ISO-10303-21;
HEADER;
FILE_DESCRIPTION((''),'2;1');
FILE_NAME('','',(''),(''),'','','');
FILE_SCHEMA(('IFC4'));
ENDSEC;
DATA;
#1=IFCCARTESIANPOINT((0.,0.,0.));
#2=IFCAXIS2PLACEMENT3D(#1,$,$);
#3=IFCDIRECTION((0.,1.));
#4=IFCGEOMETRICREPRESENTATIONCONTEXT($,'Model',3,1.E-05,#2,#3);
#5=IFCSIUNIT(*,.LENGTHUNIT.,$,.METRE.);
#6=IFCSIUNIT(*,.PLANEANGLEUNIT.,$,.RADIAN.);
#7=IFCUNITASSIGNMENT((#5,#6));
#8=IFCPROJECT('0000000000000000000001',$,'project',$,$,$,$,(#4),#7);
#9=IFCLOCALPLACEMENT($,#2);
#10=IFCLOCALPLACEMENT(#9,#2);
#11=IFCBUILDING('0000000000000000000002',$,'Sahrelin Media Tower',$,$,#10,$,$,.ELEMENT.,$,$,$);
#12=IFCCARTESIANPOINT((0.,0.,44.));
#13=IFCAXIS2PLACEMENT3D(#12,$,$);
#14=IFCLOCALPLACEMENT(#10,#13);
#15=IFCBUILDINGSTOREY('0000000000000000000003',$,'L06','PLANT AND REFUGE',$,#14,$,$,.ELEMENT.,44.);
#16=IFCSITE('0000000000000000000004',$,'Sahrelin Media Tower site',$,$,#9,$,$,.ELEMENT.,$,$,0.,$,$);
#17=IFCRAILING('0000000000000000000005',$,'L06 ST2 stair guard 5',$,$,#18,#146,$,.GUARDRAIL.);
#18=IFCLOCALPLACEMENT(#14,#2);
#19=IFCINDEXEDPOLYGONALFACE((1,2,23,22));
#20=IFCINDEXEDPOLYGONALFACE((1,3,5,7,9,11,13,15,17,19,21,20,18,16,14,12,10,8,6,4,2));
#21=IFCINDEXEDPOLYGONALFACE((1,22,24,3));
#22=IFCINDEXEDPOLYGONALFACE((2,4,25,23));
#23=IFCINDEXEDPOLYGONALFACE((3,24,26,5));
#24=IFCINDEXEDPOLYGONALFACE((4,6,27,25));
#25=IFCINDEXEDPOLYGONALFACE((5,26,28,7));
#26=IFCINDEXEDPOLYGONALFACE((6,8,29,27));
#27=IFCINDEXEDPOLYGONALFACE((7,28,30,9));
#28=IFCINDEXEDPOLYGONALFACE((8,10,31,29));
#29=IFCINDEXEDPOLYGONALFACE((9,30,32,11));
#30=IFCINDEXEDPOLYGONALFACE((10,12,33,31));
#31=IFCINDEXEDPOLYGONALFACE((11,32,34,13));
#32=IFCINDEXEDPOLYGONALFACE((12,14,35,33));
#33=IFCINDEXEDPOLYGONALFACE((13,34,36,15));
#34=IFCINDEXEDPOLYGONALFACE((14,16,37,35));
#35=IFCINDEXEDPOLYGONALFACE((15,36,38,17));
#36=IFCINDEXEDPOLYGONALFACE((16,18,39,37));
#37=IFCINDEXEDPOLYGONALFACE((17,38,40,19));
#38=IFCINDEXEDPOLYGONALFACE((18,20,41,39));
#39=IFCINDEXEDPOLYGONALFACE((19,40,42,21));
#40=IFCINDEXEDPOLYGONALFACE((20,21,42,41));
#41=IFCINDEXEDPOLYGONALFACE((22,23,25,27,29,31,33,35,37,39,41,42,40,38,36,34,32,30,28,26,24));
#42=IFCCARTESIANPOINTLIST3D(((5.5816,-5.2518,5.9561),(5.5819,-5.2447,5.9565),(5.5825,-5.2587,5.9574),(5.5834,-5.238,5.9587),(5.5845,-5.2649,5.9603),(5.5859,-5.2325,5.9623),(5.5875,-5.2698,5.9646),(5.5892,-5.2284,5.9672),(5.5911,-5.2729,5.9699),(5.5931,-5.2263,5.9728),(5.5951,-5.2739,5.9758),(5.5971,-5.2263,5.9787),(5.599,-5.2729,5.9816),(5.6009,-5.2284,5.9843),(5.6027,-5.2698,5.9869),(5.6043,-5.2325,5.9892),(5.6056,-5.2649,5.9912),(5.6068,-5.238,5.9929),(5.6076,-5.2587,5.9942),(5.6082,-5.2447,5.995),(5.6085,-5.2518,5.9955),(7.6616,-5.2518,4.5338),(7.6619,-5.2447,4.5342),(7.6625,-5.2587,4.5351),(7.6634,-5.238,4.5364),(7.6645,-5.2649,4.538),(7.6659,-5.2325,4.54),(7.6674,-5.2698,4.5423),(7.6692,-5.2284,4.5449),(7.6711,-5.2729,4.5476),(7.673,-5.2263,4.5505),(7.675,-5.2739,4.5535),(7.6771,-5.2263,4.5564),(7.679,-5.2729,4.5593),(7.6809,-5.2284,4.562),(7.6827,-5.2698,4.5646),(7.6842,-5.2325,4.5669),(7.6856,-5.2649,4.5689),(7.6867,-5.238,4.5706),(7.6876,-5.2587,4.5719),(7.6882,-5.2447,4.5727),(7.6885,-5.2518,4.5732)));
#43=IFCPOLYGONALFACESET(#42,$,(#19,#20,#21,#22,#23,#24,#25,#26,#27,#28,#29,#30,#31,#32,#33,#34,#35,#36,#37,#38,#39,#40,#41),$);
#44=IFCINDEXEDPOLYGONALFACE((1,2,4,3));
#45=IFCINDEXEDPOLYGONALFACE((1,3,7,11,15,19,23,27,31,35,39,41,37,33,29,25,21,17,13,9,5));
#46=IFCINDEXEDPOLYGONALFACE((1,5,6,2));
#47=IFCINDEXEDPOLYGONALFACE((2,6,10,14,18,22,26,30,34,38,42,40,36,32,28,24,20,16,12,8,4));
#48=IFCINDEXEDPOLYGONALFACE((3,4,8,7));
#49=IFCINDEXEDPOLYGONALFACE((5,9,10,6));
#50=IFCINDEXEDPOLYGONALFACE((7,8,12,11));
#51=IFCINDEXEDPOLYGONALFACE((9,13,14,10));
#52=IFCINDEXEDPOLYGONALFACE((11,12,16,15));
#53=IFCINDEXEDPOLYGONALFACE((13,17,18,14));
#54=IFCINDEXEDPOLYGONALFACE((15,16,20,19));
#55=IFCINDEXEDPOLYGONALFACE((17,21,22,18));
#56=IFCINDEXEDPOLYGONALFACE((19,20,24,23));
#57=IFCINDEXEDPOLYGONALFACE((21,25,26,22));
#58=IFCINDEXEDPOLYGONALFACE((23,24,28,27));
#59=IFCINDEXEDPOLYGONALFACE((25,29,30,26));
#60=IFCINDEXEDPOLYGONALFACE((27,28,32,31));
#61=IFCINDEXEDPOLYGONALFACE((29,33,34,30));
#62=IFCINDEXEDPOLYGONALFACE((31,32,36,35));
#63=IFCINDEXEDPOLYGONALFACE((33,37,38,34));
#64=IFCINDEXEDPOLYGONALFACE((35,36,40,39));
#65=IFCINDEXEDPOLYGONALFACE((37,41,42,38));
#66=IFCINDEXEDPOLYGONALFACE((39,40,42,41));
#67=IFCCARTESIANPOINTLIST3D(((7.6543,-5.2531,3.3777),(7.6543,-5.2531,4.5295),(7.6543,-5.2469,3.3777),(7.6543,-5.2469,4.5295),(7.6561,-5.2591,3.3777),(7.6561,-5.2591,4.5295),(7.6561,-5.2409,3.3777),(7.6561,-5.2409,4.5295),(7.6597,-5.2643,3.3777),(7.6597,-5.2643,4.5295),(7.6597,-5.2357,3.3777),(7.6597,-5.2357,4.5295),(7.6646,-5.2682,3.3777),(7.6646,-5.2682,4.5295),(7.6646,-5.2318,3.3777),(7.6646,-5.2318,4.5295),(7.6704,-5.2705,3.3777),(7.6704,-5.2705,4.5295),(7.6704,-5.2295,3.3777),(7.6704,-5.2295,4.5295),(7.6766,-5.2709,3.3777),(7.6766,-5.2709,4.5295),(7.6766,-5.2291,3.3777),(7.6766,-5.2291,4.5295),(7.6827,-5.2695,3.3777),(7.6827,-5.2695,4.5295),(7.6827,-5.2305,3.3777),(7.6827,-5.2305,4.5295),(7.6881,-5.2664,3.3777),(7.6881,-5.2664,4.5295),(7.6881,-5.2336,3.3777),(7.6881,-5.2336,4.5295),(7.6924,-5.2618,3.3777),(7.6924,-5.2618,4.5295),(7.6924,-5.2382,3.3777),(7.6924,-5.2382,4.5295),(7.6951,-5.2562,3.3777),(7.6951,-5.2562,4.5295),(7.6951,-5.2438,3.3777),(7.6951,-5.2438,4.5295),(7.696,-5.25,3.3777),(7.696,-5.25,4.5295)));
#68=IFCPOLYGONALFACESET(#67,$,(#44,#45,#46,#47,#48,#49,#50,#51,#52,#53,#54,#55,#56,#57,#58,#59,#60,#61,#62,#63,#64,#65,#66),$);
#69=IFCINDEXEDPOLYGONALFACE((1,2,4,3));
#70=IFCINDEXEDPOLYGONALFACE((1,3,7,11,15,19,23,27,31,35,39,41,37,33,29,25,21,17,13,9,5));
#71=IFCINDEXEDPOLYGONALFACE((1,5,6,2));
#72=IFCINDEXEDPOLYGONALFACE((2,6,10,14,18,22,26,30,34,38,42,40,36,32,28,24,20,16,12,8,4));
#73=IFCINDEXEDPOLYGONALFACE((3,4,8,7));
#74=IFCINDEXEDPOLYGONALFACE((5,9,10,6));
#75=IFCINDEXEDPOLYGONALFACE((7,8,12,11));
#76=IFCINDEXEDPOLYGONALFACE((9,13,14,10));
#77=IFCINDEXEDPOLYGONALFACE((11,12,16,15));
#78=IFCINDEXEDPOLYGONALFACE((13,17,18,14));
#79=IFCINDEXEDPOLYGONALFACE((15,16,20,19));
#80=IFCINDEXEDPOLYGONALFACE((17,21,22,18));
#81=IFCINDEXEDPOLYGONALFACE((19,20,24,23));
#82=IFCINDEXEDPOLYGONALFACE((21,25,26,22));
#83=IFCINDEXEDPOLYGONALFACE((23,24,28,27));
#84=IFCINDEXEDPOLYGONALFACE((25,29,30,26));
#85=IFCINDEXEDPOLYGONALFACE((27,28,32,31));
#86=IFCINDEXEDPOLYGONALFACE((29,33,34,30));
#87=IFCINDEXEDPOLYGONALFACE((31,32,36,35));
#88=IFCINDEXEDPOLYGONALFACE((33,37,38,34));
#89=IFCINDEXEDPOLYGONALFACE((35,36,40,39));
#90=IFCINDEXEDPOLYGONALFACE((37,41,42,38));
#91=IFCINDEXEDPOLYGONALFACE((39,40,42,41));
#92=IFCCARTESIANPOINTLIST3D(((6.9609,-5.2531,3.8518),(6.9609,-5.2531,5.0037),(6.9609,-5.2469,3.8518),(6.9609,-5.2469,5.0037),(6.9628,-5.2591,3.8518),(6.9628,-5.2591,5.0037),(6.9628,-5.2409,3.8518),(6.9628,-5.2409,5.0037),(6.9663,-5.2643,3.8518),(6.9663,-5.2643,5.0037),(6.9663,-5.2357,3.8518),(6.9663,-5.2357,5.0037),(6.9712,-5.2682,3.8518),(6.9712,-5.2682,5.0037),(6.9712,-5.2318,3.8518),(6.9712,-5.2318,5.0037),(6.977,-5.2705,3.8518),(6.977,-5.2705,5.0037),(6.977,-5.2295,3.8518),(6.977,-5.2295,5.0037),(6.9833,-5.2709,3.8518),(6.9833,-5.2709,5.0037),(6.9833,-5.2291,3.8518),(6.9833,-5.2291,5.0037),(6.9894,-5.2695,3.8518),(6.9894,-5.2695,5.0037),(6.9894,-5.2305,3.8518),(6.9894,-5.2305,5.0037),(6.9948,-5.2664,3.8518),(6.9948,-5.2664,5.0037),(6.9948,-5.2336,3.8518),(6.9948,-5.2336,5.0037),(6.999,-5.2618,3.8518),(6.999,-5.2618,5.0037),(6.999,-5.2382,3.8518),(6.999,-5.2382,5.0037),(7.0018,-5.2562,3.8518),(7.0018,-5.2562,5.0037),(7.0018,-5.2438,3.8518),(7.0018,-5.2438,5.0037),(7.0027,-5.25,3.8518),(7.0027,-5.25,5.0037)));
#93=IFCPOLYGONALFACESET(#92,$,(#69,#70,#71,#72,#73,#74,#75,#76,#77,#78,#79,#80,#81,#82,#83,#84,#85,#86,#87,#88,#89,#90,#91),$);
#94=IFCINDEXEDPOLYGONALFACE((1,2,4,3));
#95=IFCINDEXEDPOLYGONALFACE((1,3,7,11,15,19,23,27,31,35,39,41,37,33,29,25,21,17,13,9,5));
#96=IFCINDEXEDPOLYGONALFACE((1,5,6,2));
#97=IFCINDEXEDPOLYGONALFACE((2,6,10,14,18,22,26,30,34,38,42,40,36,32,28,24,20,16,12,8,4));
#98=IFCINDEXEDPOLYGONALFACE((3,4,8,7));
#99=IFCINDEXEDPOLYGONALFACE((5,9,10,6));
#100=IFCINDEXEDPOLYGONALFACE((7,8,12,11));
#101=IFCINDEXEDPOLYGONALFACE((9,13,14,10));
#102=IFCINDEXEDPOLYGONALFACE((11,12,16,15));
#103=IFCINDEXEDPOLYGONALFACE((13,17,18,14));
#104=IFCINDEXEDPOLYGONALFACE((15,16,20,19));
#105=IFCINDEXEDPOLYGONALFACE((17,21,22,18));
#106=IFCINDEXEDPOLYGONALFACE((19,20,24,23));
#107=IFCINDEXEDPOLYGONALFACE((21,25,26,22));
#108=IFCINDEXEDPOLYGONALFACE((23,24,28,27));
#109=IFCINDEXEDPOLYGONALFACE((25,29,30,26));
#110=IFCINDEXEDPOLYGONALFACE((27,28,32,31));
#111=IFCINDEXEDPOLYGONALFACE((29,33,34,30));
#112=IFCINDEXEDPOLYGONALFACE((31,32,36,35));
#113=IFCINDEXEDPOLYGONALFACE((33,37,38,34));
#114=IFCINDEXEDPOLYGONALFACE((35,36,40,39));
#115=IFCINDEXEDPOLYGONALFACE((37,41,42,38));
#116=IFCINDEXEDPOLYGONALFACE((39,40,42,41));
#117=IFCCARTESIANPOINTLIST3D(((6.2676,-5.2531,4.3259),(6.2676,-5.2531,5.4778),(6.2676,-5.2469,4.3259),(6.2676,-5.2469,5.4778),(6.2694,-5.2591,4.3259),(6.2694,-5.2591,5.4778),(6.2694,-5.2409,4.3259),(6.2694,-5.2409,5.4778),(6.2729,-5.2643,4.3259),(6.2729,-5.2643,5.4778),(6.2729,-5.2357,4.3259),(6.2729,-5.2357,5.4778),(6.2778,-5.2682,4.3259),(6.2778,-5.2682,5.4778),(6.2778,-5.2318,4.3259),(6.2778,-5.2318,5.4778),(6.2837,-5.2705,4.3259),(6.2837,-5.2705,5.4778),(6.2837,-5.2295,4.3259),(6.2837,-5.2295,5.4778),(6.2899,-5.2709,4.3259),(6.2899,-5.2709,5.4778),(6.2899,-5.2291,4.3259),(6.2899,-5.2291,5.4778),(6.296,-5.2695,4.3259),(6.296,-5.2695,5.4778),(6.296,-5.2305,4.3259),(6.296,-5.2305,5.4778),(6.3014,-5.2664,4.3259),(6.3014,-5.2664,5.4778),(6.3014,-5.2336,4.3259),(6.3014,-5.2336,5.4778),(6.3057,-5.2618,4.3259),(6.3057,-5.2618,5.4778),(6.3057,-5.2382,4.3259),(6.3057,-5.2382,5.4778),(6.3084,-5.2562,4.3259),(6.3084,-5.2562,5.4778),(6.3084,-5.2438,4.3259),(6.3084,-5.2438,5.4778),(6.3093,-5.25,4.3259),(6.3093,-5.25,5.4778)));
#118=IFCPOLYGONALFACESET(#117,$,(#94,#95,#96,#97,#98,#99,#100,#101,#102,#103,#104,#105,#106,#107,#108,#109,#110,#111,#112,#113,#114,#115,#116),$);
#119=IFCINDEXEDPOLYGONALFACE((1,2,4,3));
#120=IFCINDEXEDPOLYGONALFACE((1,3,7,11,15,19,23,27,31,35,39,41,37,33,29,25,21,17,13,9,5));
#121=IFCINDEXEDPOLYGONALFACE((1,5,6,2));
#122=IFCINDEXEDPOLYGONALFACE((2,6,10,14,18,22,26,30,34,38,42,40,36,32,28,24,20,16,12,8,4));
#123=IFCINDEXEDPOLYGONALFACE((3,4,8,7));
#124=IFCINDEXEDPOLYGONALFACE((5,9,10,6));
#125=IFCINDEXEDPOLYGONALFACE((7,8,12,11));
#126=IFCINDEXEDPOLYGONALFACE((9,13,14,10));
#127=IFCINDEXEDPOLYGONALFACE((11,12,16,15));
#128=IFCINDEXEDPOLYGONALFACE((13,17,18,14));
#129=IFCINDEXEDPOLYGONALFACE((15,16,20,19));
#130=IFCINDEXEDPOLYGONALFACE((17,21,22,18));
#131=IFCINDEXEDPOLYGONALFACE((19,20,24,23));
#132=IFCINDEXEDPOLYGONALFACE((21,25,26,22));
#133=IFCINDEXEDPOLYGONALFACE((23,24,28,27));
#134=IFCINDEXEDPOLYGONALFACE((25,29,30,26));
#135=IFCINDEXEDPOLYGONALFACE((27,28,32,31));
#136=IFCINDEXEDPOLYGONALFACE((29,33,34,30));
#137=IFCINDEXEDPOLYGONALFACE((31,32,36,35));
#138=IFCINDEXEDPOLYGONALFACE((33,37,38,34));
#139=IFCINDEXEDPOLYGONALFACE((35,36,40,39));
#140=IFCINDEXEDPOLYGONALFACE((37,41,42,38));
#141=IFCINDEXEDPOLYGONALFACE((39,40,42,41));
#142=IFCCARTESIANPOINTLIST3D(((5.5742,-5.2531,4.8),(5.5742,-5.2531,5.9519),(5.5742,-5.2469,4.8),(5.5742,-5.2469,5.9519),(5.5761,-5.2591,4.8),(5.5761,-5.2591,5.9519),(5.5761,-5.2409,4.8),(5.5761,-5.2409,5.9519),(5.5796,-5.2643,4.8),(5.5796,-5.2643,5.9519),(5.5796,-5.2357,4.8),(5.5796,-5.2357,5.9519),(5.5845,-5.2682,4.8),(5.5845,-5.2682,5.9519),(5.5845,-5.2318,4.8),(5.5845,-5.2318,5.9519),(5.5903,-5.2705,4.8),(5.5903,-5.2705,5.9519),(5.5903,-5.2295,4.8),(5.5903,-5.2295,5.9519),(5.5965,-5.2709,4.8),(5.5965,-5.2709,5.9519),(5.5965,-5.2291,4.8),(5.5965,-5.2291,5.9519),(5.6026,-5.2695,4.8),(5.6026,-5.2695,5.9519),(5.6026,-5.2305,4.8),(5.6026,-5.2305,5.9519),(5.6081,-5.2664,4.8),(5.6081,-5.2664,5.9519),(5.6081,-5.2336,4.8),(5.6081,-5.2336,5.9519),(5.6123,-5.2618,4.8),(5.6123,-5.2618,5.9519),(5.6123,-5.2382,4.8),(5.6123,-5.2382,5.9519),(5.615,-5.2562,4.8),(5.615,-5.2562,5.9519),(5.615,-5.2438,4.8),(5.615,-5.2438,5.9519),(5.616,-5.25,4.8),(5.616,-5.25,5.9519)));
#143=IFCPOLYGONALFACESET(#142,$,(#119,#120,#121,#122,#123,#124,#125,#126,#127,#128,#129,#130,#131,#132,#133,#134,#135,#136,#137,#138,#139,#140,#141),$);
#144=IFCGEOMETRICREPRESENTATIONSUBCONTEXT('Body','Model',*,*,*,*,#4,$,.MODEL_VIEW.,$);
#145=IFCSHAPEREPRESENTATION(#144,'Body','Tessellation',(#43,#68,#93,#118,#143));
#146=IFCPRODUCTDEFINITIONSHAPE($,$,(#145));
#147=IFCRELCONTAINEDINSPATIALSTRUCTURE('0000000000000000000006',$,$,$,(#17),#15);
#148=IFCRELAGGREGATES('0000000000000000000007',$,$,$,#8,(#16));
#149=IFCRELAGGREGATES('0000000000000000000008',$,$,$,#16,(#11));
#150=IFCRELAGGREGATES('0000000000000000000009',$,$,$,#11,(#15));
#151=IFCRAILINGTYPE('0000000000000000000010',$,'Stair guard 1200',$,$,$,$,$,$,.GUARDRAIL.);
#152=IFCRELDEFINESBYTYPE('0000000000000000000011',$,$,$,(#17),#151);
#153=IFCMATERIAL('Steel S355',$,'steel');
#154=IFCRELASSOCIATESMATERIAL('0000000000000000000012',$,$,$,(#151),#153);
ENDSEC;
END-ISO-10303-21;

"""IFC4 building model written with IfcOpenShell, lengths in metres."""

from ifc_helpers import new_model, si_unit, direction, frame, origin, origin_2d, place, context, subcontext, project, spatial, circle, extrude, material, type_object, element, save


model = new_model("IFC4")

# Units and contexts
model_context = context("Model", 3, precision=1e-05, world=origin(), true_north=direction((0.0, 1.0)))
body_context = subcontext(model_context, "Body", "Model", "MODEL_VIEW")
ifc_project = project(units=[si_unit("LENGTHUNIT", "METRE"), si_unit("PLANEANGLEUNIT", "RADIAN")], contexts=[model_context])

# Site, building, storey
site_placement = place(None, origin())
site = spatial("IfcSite", under=ifc_project, at=site_placement, Name="Sahrelin Media Tower site", CompositionType="ELEMENT", RefElevation=0.0)
building_placement = place(site_placement, origin())
building = spatial("IfcBuilding", under=site, at=building_placement, Name="Sahrelin Media Tower", CompositionType="ELEMENT")
storey_placement = place(building_placement, frame((0.0, 0.0, 44.0)))
storey = spatial("IfcBuildingStorey", under=building, at=storey_placement, Name="L06", Description="PLANT AND REFUGE", CompositionType="ELEMENT", Elevation=44.0)

# Railing
ifc_material_1 = material(Name="Steel S355", Category="steel")
railing_type_1 = type_object("IfcRailingType", Name="Stair guard 1200", PredefinedType="GUARDRAIL", material=ifc_material_1)
for number, where, name in (
    (1, (7.675, -5.25, 3.3777), "L06 ST2 stair guard 5"),
):
    element("IfcRailing", number, at=place(storey_placement, frame(where)), inside=storey, type_object=railing_type_1, Name=name, PredefinedType="GUARDRAIL", context=body_context, shape_type="SweptSolid", body=[
        extrude(circle(Radius=0.0239, at=origin_2d()), frame((0.0, 0.0, 1.1758), z_axis=(-0.825464, 0.0, 0.564455), x_axis=(0.0, -1.0, 0.0)), (0.0, 0.0, 1.0), 2.5198),
        extrude(circle(Radius=0.021, at=origin_2d()), origin(), (0.0, 0.0, 1.0), 1.1519),
        extrude(circle(Radius=0.021, at=origin_2d()), frame((-0.6934, 0.0, 0.4741)), (0.0, 0.0, 1.0), 1.1519),
        extrude(circle(Radius=0.021, at=origin_2d()), frame((-1.3867, 0.0, 0.9482)), (0.0, 0.0, 1.0), 1.1519),
        extrude(circle(Radius=0.021, at=origin_2d()), frame((-2.0801, 0.0, 1.4224)), (0.0, 0.0, 1.0), 1.1519),
    ])

save(model, "model.ifc")
